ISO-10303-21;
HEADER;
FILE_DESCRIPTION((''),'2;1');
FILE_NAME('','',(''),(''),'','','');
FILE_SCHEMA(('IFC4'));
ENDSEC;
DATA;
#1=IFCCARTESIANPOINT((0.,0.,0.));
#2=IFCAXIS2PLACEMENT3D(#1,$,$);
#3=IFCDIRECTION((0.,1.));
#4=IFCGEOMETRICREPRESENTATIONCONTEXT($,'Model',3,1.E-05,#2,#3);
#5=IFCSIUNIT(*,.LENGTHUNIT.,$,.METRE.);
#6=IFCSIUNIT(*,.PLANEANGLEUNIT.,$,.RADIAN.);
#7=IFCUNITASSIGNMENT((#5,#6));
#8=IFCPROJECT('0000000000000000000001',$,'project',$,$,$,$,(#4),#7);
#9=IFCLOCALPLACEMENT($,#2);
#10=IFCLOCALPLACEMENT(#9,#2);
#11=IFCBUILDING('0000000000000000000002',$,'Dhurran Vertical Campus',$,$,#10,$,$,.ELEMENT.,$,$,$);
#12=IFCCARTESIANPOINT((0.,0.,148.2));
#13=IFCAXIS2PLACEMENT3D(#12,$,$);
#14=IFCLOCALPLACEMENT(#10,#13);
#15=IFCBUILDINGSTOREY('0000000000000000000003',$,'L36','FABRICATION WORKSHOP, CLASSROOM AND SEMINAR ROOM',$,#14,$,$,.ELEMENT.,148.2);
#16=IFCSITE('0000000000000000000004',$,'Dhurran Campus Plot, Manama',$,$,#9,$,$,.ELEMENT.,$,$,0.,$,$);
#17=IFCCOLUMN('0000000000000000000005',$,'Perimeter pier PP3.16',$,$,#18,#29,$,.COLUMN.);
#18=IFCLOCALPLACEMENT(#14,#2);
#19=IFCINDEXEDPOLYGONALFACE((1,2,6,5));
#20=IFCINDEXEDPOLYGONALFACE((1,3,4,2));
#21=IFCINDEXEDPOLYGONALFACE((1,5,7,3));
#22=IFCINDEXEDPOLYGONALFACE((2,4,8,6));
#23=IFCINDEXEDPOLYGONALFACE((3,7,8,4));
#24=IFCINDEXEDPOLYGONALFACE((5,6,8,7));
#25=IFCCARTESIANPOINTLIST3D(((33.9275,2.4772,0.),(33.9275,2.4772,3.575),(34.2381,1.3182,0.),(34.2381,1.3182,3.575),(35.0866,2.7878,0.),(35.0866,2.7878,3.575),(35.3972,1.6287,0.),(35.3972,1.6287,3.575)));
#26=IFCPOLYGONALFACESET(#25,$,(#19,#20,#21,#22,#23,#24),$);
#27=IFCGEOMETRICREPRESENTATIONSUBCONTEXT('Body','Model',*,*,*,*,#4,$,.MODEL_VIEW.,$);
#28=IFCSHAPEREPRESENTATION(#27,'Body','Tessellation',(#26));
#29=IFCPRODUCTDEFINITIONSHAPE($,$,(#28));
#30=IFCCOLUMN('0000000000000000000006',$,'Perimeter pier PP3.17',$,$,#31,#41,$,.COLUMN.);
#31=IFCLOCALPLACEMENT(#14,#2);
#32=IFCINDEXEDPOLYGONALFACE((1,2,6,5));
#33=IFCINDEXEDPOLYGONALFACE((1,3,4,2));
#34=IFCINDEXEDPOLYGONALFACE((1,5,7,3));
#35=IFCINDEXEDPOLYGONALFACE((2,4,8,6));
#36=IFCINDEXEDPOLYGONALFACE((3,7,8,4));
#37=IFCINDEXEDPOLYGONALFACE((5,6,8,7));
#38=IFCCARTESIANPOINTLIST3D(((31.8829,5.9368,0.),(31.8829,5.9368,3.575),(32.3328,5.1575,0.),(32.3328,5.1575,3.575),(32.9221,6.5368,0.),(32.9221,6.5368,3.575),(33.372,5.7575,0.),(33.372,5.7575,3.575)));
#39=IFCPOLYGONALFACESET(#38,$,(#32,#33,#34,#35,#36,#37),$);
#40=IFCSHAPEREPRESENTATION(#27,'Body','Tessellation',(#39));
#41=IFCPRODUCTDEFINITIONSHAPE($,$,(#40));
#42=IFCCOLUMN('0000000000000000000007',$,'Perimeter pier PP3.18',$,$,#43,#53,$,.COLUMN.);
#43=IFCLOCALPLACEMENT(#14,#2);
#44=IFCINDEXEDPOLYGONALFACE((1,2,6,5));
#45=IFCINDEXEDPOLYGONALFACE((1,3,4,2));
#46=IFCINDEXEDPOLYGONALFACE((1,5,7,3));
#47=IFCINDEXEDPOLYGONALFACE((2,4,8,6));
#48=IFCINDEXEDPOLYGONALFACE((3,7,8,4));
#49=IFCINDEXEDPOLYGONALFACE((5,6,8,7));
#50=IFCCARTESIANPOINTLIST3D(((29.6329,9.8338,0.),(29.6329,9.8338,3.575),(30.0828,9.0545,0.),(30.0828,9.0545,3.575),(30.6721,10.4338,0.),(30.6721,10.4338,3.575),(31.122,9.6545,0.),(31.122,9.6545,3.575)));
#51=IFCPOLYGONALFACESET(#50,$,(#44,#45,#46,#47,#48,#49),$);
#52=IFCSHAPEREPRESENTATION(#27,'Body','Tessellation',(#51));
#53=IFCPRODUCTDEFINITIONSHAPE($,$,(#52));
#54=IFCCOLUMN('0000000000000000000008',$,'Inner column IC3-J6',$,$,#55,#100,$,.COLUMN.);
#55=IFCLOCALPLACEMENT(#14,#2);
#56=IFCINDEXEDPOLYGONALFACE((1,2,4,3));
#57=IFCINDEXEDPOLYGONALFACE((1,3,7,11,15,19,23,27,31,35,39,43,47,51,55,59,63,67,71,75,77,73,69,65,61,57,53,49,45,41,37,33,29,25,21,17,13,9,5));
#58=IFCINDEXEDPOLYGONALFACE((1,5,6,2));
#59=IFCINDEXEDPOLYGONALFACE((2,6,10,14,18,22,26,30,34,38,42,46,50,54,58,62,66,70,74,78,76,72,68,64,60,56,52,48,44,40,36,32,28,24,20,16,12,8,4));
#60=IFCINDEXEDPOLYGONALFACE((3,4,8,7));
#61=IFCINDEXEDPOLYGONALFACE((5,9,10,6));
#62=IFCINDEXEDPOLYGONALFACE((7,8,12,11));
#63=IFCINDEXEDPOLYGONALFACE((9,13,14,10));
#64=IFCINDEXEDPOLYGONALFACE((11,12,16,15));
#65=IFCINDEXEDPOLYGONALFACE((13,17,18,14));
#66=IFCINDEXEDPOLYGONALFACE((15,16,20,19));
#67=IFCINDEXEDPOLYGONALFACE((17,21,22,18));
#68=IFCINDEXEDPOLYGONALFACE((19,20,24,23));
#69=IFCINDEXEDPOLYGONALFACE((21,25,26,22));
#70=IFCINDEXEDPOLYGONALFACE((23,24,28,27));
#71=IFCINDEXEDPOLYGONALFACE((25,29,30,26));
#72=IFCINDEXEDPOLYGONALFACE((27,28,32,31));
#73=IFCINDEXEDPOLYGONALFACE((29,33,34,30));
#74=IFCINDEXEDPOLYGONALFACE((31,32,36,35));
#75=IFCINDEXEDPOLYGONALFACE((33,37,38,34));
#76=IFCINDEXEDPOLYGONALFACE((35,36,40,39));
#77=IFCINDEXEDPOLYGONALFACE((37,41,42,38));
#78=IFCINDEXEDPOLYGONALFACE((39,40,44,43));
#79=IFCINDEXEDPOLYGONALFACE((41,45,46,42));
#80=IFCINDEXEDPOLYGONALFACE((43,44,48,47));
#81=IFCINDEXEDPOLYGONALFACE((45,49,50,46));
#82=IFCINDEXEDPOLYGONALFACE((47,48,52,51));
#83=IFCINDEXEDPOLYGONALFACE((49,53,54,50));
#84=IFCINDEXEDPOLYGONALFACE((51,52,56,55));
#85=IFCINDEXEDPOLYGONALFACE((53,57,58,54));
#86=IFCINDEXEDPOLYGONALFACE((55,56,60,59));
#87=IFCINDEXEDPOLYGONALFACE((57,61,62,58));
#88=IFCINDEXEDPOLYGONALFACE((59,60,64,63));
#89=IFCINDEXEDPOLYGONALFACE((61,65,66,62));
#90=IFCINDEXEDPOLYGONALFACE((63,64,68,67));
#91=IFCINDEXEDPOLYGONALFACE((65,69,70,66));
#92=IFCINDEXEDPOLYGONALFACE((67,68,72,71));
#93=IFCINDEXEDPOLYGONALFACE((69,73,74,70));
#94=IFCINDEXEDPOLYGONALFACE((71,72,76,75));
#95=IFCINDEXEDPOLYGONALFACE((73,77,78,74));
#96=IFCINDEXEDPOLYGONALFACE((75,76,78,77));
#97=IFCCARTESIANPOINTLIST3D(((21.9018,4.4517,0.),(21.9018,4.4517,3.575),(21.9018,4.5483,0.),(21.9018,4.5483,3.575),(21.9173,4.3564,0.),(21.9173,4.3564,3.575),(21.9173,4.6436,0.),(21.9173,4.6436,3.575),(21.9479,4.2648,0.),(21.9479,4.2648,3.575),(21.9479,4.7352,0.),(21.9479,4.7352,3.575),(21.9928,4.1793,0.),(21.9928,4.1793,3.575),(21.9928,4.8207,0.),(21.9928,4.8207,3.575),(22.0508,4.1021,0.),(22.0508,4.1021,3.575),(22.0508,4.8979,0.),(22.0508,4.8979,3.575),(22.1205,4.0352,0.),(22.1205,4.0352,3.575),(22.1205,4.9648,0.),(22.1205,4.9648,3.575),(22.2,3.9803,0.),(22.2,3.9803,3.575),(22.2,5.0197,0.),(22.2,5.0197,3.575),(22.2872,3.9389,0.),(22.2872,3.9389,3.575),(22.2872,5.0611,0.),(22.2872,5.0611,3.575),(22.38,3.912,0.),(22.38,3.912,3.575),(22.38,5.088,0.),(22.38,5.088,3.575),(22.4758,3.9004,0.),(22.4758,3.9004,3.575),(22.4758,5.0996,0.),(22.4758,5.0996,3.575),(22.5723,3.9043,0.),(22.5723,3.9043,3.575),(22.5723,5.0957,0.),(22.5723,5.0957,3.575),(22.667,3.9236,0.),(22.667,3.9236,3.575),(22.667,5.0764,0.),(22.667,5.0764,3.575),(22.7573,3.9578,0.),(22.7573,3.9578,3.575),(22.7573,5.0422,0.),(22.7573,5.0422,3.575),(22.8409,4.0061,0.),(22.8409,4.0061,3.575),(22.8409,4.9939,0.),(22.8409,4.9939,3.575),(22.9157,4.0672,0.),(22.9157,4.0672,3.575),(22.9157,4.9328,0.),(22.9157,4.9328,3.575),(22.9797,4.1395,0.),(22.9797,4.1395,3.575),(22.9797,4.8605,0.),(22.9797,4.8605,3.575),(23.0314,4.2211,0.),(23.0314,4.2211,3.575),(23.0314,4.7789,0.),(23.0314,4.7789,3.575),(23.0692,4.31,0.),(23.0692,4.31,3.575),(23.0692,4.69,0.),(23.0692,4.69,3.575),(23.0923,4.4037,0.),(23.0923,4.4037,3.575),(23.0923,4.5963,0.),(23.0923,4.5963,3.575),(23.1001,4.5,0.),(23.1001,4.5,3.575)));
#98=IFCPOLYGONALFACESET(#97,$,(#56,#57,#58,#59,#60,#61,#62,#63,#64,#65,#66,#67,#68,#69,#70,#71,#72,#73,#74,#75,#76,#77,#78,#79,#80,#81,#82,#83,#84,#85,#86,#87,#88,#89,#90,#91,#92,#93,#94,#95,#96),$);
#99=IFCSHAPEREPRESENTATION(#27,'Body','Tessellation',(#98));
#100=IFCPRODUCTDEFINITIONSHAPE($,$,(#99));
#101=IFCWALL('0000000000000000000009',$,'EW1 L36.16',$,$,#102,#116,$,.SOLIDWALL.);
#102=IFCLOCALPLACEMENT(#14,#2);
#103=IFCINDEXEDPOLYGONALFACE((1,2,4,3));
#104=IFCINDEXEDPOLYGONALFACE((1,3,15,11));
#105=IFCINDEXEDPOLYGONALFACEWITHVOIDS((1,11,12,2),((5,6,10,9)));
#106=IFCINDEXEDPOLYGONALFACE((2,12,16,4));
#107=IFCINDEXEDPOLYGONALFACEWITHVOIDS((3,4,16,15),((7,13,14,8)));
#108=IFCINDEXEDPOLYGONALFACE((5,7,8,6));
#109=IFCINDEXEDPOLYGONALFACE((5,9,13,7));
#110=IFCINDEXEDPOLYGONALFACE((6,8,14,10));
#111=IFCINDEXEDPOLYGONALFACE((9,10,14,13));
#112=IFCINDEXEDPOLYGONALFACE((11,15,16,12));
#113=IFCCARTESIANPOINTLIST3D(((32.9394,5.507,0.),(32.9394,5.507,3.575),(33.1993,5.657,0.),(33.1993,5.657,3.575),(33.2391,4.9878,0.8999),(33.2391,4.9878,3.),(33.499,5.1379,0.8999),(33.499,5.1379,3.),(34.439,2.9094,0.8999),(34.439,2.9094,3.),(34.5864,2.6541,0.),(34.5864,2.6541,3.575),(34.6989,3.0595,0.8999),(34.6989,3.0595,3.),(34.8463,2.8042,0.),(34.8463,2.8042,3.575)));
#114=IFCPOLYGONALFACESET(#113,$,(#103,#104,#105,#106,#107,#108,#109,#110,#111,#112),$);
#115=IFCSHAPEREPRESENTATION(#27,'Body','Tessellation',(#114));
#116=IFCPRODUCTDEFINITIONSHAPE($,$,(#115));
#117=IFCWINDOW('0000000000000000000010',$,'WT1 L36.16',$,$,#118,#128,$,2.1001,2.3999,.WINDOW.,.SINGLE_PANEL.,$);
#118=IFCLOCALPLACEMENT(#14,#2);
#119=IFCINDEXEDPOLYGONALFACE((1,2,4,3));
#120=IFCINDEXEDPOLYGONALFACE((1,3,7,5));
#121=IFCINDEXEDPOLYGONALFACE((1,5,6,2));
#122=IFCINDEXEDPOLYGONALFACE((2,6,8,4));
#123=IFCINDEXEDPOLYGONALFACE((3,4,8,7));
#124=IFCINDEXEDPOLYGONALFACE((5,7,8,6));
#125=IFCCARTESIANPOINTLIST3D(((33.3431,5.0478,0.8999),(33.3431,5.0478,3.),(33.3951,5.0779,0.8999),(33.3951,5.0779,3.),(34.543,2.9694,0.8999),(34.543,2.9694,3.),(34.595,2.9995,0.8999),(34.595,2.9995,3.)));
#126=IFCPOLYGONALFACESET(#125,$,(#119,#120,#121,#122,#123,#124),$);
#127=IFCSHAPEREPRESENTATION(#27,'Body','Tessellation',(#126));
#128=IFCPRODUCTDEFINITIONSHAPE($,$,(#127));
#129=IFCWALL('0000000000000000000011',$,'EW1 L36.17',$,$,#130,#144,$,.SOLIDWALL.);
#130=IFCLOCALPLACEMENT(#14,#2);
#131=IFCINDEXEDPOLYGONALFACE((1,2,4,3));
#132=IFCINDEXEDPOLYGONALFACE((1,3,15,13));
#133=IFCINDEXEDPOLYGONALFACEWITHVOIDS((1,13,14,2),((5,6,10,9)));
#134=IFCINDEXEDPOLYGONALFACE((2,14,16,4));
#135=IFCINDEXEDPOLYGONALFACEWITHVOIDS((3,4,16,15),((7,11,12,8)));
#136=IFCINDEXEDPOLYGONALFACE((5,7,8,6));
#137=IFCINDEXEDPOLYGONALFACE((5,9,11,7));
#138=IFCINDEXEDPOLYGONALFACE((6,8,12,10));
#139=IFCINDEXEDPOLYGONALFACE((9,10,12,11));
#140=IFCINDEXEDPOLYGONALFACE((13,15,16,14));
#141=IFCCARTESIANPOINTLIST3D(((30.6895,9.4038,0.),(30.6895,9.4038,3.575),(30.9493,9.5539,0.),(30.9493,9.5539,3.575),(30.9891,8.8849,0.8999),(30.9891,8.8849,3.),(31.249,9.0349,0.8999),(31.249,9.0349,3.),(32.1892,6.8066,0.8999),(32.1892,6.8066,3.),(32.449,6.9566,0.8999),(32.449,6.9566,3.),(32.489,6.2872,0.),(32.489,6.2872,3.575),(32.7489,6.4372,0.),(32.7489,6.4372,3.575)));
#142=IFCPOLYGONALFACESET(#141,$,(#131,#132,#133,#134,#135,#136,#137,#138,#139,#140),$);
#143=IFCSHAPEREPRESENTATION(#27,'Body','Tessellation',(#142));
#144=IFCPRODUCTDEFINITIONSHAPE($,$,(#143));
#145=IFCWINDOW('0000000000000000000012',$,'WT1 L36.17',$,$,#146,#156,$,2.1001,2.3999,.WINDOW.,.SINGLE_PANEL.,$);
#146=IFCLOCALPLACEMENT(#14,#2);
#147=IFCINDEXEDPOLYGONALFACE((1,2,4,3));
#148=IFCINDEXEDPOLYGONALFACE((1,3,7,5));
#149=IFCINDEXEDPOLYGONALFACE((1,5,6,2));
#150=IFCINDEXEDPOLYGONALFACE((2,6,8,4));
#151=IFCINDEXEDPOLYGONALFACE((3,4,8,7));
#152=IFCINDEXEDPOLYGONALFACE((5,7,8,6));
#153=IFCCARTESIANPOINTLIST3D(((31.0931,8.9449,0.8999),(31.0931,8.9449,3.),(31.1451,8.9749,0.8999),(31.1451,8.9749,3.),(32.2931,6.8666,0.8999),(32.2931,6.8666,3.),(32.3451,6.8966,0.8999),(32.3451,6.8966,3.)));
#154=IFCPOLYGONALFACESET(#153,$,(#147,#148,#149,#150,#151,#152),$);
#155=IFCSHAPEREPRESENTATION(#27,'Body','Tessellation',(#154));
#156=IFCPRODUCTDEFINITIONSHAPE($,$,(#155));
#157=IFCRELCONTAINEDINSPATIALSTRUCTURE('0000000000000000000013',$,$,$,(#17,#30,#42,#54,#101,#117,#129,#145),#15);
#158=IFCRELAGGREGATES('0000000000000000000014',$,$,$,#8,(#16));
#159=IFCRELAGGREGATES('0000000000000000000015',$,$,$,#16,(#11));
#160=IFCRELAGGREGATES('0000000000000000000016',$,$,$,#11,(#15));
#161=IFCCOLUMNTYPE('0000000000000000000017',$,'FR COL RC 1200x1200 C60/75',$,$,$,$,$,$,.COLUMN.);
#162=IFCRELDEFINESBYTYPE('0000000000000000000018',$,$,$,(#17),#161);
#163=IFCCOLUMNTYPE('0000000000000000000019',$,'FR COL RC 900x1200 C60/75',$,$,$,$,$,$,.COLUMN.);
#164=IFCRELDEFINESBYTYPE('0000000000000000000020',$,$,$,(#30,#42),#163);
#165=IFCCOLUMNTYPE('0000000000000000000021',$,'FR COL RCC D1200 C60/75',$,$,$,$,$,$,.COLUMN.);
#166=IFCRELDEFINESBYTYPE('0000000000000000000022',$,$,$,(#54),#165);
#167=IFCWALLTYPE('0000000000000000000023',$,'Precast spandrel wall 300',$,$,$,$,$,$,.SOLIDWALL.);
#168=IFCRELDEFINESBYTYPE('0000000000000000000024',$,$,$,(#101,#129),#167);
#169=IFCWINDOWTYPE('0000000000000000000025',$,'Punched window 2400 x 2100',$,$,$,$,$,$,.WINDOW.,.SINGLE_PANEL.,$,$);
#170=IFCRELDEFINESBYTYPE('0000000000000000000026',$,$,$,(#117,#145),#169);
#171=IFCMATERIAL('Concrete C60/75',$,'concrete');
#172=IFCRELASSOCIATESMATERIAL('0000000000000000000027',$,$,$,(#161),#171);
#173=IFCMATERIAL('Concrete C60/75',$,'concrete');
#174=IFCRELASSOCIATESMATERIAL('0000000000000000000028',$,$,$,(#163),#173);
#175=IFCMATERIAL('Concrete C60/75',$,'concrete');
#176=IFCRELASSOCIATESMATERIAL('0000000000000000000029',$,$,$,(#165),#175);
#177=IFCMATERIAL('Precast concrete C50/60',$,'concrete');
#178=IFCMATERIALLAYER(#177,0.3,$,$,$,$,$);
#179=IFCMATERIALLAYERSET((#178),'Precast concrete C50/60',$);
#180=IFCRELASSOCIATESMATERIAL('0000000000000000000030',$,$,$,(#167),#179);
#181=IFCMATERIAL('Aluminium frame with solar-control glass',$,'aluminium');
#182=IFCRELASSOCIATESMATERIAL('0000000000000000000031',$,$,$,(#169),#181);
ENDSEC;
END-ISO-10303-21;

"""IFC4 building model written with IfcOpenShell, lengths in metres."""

from ifc_helpers import new_model, si_unit, direction, frame, frame_2d, origin, origin_2d, place, context, subcontext, project, spatial, rectangle, circle, extrude, material, layer, layer_set, material_profile, profile_set, type_object, element, fill, save


model = new_model("IFC4")

# Units and contexts
model_context = context("Model", 3, precision=1e-05, world=origin(), true_north=direction((0.0, 1.0)))
body_context = subcontext(model_context, "Body", "Model", "MODEL_VIEW")
ifc_project = project(units=[si_unit("LENGTHUNIT", "METRE"), si_unit("PLANEANGLEUNIT", "RADIAN")], contexts=[model_context])

# Site, building, storey
site_placement = place(None, origin())
site = spatial("IfcSite", under=ifc_project, at=site_placement, Name="Dhurran Campus Plot, Manama", CompositionType="ELEMENT", RefElevation=0.0)
building_placement = place(site_placement, origin())
building = spatial("IfcBuilding", under=site, at=building_placement, Name="Dhurran Vertical Campus", CompositionType="ELEMENT")
storey_placement = place(building_placement, frame((0.0, 0.0, 148.2)))
storey = spatial("IfcBuildingStorey", under=building, at=storey_placement, Name="L36", Description="FABRICATION WORKSHOP, CLASSROOM AND SEMINAR ROOM", CompositionType="ELEMENT", Elevation=148.2)

# Columns
ifc_material_1 = material(Name="Concrete C60/75", Category="concrete")
ifc_material_profile_1 = material_profile(ifc_material_1, rectangle(XDim=1.2, YDim=1.2, at=origin_2d()), Name="RC 1200x1200")
ifc_profile_set_1 = profile_set([ifc_material_profile_1], Name="Concrete C60/75")
column_type_1 = type_object("IfcColumnType", Name="FR COL RC 1200x1200 C60/75", PredefinedType="COLUMN", material=ifc_profile_set_1)
column_1_placement = place(storey_placement, frame((34.6624, 2.053, 0.0), z_axis=(0.0, 0.0, 1.0), x_axis=(-0.258819, 0.965926, 0.0)))
element("IfcColumn", 1, at=column_1_placement, inside=storey, type_object=column_type_1, Name="Perimeter pier PP3.16", PredefinedType="COLUMN", context=body_context, shape_type="SweptSolid", body=[
    extrude(rectangle(XDim=1.2, YDim=1.2, at=origin_2d()), origin(), (0.0, 0.0, 1.0), 3.575),
])
ifc_material_2 = material(Name="Concrete C60/75", Category="concrete")
ifc_material_profile_2 = material_profile(ifc_material_2, rectangle(XDim=0.8999, YDim=1.2, at=origin_2d()), Name="RC 900x1200")
ifc_profile_set_2 = profile_set([ifc_material_profile_2], Name="Concrete C60/75")
column_type_2 = type_object("IfcColumnType", Name="FR COL RC 900x1200 C60/75", PredefinedType="COLUMN", material=ifc_profile_set_2)
for number, where, z_axis, x_axis, name in (
    (2, (32.6274, 5.8472, 0.0), (0.0, 0.0, 1.0), (-0.5, 0.866025, 0.0), "Perimeter pier PP3.17"),
    (3, (30.3774, 9.7441, 0.0), (0.0, 0.0, 1.0), (-0.5, 0.866025, 0.0), "Perimeter pier PP3.18"),
):
    element("IfcColumn", number, at=place(storey_placement, frame(where, z_axis=z_axis, x_axis=x_axis)), inside=storey, type_object=column_type_2, Name=name, PredefinedType="COLUMN", context=body_context, shape_type="SweptSolid", body=[
        extrude(rectangle(XDim=0.8999, YDim=1.2, at=origin_2d()), origin(), (0.0, 0.0, 1.0), 3.575),
    ])
ifc_material_3 = material(Name="Concrete C60/75", Category="concrete")
ifc_material_profile_3 = material_profile(ifc_material_3, circle(Radius=0.6001, at=origin_2d()), Name="RCC D1200")
ifc_profile_set_3 = profile_set([ifc_material_profile_3], Name="Concrete C60/75")
column_type_3 = type_object("IfcColumnType", Name="FR COL RCC D1200 C60/75", PredefinedType="COLUMN", material=ifc_profile_set_3)
column_2_placement = place(storey_placement, frame((22.5, 4.5, 0.0), z_axis=(0.0, 0.0, 1.0), x_axis=(1.0, 0.0, 0.0)))
element("IfcColumn", 4, at=column_2_placement, inside=storey, type_object=column_type_3, Name="Inner column IC3-J6", PredefinedType="COLUMN", context=body_context, shape_type="SweptSolid", body=[
    extrude(circle(Radius=0.6001, at=origin_2d()), origin(), (0.0, 0.0, 1.0), 3.575),
])

# Walls, openings, windows
ifc_material_4 = material(Name="Precast concrete C50/60", Category="concrete")
ifc_layer_1 = layer(ifc_material_4, 0.3)
ifc_layer_set_1 = layer_set([ifc_layer_1], Name="Precast concrete C50/60")
wall_type_1 = type_object("IfcWallType", Name="Precast spandrel wall 300", PredefinedType="SOLIDWALL", material=ifc_layer_set_1)
wall_1_placement = place(storey_placement, frame((34.7163, 2.7292, 0.0), z_axis=(0.0, 0.0, 1.0), x_axis=(-0.499981, 0.866036, 0.0)))
wall_1 = element("IfcWall", 5, at=wall_1_placement, inside=storey, type_object=wall_type_1, Name="EW1 L36.16", PredefinedType="SOLIDWALL", context=body_context, shape_type="SweptSolid", body=[
    extrude(rectangle(XDim=3.2942, YDim=0.3, at=frame_2d((1.647, 0.0))), origin(), (0.0, 0.0, 1.0), 3.575),
])
opening_1_placement = place(wall_1_placement, frame((0.2947, 0.0, 0.8999)))
opening_1 = element("IfcOpeningElement", 6, at=opening_1_placement, cuts=wall_1, PredefinedType="OPENING", context=body_context, shape_type="SweptSolid", body=[
    extrude(rectangle(XDim=2.3999, YDim=2.1001, at=frame_2d((1.2, 1.05))), frame((0.0, 0.1599, 0.0), z_axis=(0.0, -1.0, 0.0), x_axis=(1.0, 0.0, 0.0)), (0.0, 0.0, 1.0), 0.3201),
])
ifc_material_5 = material(Name="Aluminium frame with solar-control glass", Category="aluminium")
window_type = type_object("IfcWindowType", Name="Punched window 2400 x 2100", PartitioningType="SINGLE_PANEL", PredefinedType="WINDOW", material=ifc_material_5)
window_1_placement = place(opening_1_placement, origin())
window_1 = element("IfcWindow", 7, at=window_1_placement, inside=storey, type_object=window_type, Name="WT1 L36.16", OverallHeight=2.1001, OverallWidth=2.3999, PartitioningType="SINGLE_PANEL", PredefinedType="WINDOW", context=body_context, shape_type="SweptSolid", body=[
    extrude(rectangle(XDim=2.3999, YDim=2.1001, at=frame_2d((1.2, 1.05))), frame((0.0, 0.03, 0.0), z_axis=(0.0, -1.0, 0.0), x_axis=(1.0, 0.0, 0.0)), (0.0, 0.0, 1.0), 0.0601),
])
fill(opening_1, window_1)
wall_2_placement = place(storey_placement, frame((32.6189, 6.3623, 0.0), z_axis=(0.0, 0.0, 1.0), x_axis=(-0.500028, 0.866009, 0.0)))
wall_2 = element("IfcWall", 8, at=wall_2_placement, inside=storey, type_object=wall_type_1, Name="EW1 L36.17", PredefinedType="SOLIDWALL", context=body_context, shape_type="SweptSolid", body=[
    extrude(rectangle(XDim=3.5989, YDim=0.3, at=frame_2d((1.7993, 0.0))), origin(), (0.0, 0.0, 1.0), 3.575),
])
opening_2_placement = place(wall_2_placement, frame((0.5996, 0.0, 0.8999)))
opening_2 = element("IfcOpeningElement", 9, at=opening_2_placement, cuts=wall_2, PredefinedType="OPENING", context=body_context, shape_type="SweptSolid", body=[
    extrude(rectangle(XDim=2.3999, YDim=2.1001, at=frame_2d((1.2, 1.05))), frame((0.0, 0.1599, 0.0), z_axis=(0.0, -1.0, 0.0), x_axis=(1.0, 0.0, 0.0)), (0.0, 0.0, 1.0), 0.3201),
])
window_2_placement = place(opening_2_placement, origin())
window_2 = element("IfcWindow", 10, at=window_2_placement, inside=storey, type_object=window_type, Name="WT1 L36.17", OverallHeight=2.1001, OverallWidth=2.3999, PartitioningType="SINGLE_PANEL", PredefinedType="WINDOW", context=body_context, shape_type="SweptSolid", body=[
    extrude(rectangle(XDim=2.3999, YDim=2.1001, at=frame_2d((1.2, 1.05))), frame((0.0, 0.03, 0.0), z_axis=(0.0, -1.0, 0.0), x_axis=(1.0, 0.0, 0.0)), (0.0, 0.0, 1.0), 0.0601),
])
fill(opening_2, window_2)

save(model, "model.ifc")
